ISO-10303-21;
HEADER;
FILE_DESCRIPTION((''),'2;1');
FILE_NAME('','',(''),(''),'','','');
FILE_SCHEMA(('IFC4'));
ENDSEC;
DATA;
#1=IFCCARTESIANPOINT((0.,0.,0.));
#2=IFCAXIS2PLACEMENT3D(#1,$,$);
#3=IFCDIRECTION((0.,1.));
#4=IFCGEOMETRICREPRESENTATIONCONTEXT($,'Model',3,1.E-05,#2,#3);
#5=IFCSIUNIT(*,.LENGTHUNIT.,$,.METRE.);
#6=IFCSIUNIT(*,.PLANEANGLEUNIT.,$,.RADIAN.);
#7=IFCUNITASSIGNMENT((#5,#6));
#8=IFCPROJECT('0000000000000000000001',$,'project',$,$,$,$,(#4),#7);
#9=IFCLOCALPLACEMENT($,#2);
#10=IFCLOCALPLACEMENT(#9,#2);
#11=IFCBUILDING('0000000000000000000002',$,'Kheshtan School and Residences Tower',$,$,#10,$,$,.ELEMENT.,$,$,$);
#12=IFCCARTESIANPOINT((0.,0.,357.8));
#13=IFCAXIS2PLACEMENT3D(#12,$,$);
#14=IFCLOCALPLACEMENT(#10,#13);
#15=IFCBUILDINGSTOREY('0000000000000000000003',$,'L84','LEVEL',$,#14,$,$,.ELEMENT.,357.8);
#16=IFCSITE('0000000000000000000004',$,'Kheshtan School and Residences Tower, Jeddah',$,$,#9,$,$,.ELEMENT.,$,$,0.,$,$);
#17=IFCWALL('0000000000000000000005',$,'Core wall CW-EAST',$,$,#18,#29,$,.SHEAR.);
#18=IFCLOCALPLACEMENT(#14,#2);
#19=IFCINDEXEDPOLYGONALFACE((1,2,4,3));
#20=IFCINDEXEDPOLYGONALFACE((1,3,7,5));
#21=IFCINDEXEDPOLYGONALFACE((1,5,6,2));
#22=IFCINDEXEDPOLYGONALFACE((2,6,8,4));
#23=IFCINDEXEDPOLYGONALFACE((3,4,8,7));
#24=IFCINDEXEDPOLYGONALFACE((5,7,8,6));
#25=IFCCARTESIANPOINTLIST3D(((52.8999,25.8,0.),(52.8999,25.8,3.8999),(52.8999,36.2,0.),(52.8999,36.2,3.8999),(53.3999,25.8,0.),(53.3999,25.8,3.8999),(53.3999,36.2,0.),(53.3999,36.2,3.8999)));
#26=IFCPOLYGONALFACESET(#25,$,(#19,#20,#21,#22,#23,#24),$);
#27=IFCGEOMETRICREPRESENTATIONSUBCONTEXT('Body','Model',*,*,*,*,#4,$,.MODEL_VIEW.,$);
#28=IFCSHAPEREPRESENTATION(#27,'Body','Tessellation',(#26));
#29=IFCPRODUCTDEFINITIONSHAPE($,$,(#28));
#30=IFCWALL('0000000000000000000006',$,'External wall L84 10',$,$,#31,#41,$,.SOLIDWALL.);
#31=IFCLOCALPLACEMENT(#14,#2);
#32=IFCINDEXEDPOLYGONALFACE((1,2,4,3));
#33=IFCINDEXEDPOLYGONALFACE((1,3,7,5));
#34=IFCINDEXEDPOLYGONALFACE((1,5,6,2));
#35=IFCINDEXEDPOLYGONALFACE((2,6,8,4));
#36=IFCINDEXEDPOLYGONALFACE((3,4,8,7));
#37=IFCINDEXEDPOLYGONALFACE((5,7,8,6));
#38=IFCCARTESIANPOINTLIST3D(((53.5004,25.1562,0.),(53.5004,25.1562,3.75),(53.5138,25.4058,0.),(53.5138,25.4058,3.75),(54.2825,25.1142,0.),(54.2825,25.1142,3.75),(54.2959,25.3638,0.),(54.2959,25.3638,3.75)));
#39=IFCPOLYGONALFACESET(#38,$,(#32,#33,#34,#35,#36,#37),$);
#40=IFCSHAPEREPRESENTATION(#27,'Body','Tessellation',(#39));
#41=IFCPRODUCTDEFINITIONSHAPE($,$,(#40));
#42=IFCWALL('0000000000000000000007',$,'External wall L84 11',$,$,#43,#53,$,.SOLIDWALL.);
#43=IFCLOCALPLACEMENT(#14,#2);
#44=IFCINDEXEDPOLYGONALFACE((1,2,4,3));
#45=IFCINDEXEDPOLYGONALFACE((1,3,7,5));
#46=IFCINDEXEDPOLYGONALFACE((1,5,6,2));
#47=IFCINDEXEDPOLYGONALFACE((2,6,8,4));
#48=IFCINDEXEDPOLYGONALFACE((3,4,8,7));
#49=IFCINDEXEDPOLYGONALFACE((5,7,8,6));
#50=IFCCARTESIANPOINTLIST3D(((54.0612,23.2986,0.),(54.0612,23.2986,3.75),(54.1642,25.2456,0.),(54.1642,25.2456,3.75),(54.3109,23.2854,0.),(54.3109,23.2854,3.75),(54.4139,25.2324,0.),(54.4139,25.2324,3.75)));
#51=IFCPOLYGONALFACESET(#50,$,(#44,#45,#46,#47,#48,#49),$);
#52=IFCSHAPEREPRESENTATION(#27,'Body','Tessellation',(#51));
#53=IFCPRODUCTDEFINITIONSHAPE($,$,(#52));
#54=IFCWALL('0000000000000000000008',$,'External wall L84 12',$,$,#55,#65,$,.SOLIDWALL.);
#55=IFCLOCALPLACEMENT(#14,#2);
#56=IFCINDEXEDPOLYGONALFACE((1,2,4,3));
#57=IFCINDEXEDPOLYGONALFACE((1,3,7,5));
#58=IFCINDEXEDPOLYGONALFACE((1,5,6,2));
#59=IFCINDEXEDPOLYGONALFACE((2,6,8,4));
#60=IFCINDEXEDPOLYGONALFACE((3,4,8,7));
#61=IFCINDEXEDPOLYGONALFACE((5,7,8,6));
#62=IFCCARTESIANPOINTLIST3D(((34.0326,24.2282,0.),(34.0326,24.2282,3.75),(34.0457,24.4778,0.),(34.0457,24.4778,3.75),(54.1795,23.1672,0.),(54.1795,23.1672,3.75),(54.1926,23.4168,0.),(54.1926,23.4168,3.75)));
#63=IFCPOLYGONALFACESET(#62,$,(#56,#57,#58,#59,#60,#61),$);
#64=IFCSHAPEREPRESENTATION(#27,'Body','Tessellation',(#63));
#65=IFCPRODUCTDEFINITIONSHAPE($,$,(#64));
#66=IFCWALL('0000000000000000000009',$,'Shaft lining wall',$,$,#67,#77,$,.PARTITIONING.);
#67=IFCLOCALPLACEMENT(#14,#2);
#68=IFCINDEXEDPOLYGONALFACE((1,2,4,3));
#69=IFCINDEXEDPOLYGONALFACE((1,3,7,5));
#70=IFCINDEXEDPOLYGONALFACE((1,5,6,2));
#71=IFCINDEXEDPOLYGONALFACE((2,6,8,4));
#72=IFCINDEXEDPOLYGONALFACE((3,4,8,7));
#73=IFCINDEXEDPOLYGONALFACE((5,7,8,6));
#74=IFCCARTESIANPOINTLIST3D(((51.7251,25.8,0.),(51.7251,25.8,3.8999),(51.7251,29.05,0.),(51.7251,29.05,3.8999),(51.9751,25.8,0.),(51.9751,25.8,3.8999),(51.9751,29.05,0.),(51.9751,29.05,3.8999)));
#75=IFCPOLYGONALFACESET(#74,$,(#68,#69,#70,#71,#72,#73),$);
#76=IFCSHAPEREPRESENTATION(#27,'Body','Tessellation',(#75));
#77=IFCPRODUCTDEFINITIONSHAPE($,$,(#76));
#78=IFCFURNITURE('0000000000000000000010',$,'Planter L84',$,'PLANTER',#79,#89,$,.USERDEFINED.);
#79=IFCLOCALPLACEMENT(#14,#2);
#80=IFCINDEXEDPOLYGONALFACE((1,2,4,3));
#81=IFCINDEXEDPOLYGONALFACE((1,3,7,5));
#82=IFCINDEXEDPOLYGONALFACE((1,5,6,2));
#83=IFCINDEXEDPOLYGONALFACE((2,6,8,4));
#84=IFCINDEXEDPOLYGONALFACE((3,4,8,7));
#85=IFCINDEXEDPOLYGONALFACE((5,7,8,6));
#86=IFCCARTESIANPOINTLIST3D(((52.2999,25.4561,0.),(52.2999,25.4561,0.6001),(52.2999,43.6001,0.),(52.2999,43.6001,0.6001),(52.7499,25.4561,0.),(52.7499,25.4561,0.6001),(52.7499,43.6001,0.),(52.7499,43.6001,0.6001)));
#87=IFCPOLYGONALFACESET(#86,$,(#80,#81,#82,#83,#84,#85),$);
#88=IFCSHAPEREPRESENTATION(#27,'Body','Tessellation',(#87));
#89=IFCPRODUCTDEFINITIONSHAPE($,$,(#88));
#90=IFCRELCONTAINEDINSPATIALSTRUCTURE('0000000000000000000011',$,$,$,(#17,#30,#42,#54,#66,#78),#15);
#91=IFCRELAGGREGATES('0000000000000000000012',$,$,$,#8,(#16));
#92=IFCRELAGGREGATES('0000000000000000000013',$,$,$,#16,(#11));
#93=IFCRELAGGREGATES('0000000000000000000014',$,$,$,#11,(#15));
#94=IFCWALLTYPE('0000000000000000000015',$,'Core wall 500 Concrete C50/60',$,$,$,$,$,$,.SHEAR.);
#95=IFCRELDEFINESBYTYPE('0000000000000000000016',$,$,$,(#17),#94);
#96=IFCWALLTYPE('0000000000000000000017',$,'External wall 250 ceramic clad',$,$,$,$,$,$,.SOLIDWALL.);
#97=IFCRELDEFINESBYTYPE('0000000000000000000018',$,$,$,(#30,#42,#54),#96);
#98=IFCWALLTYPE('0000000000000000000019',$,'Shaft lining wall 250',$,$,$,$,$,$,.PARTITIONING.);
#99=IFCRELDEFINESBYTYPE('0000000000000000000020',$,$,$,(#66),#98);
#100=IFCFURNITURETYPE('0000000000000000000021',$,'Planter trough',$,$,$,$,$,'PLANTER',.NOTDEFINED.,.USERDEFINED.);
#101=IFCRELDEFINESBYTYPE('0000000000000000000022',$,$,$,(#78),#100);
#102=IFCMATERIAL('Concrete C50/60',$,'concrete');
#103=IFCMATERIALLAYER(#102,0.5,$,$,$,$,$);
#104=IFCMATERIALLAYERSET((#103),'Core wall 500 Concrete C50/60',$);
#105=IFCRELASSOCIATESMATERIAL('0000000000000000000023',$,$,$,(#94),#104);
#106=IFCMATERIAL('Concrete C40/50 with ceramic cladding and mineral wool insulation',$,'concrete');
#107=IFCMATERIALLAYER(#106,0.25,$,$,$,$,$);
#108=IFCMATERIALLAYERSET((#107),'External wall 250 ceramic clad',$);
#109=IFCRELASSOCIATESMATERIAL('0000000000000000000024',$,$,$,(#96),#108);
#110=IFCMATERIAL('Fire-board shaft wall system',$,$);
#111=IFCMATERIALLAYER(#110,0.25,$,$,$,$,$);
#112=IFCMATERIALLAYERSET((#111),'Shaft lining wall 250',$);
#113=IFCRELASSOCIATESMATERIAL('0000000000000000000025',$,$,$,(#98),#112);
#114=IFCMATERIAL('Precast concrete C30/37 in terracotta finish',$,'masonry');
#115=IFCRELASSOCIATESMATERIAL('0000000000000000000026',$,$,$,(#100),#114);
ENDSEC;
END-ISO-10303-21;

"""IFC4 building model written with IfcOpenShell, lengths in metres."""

from ifc_helpers import new_model, si_unit, direction, frame, frame_2d, origin, origin_2d, place, context, subcontext, project, spatial, rectangle, extrude, material, layer, layer_set, type_object, element, save


model = new_model("IFC4")

# Units and contexts
model_context = context("Model", 3, precision=1e-05, world=origin(), true_north=direction((0.0, 1.0)))
body_context = subcontext(model_context, "Body", "Model", "MODEL_VIEW")
ifc_project = project(units=[si_unit("LENGTHUNIT", "METRE"), si_unit("PLANEANGLEUNIT", "RADIAN")], contexts=[model_context])

# Site, building, storey
site_placement = place(None, origin())
site = spatial("IfcSite", under=ifc_project, at=site_placement, Name="Kheshtan School and Residences Tower, Jeddah", CompositionType="ELEMENT", RefElevation=0.0)
building_placement = place(site_placement, origin())
building = spatial("IfcBuilding", under=site, at=building_placement, Name="Kheshtan School and Residences Tower", CompositionType="ELEMENT")
storey_placement = place(building_placement, frame((0.0, 0.0, 357.8)))
storey = spatial("IfcBuildingStorey", under=building, at=storey_placement, Name="L84", Description="LEVEL", CompositionType="ELEMENT", Elevation=357.8)

# Walls
ifc_material_1 = material(Name="Concrete C50/60", Category="concrete")
ifc_layer_1 = layer(ifc_material_1, 0.5)
ifc_layer_set_1 = layer_set([ifc_layer_1], Name="Core wall 500 Concrete C50/60")
wall_type_1 = type_object("IfcWallType", Name="Core wall 500 Concrete C50/60", PredefinedType="SHEAR", material=ifc_layer_set_1)
wall_1_placement = place(storey_placement, frame((53.1499, 25.8, 0.0), z_axis=(0.0, 0.0, 1.0), x_axis=(0.0, 1.0, 0.0)))
element("IfcWall", 1, at=wall_1_placement, inside=storey, type_object=wall_type_1, Name="Core wall CW-EAST", PredefinedType="SHEAR", context=body_context, shape_type="SweptSolid", body=[
    extrude(rectangle(XDim=10.3999, YDim=0.5, at=frame_2d((5.2, 0.0))), origin(), (0.0, 0.0, 1.0), 3.8999),
])
ifc_material_2 = material(Name="Concrete C40/50 with ceramic cladding and mineral wool insulation", Category="concrete")
ifc_layer_2 = layer(ifc_material_2, 0.25)
ifc_layer_set_2 = layer_set([ifc_layer_2], Name="External wall 250 ceramic clad")
wall_type_2 = type_object("IfcWallType", Name="External wall 250 ceramic clad", PredefinedType="SOLIDWALL", material=ifc_layer_set_2)
wall_2_placement = place(storey_placement, frame((53.5071, 25.281, 0.0), z_axis=(0.0, 0.0, 1.0), x_axis=(0.998561, -0.053622, 0.0)))
element("IfcWall", 2, at=wall_2_placement, inside=storey, type_object=wall_type_2, Name="External wall L84 10", PredefinedType="SOLIDWALL", context=body_context, shape_type="SweptSolid", body=[
    extrude(rectangle(XDim=0.7832, YDim=0.25, at=frame_2d((0.3916, 0.0))), origin(), (0.0, 0.0, 1.0), 3.75),
])
wall_3_placement = place(storey_placement, frame((54.2891, 25.239, 0.0), z_axis=(0.0, 0.0, 1.0), x_axis=(-0.052841, -0.998603, 0.0)))
element("IfcWall", 3, at=wall_3_placement, inside=storey, type_object=wall_type_2, Name="External wall L84 11", PredefinedType="SOLIDWALL", context=body_context, shape_type="SweptSolid", body=[
    extrude(rectangle(XDim=1.9497, YDim=0.25, at=frame_2d((0.9749, 0.0))), origin(), (0.0, 0.0, 1.0), 3.75),
])
wall_4_placement = place(storey_placement, frame((54.186, 23.292, 0.0), z_axis=(0.0, 0.0, 1.0), x_axis=(-0.998616, 0.052592, 0.0)))
element("IfcWall", 4, at=wall_4_placement, inside=storey, type_object=wall_type_2, Name="External wall L84 12", PredefinedType="SOLIDWALL", context=body_context, shape_type="SweptSolid", body=[
    extrude(rectangle(XDim=20.1748, YDim=0.25, at=frame_2d((10.0874, 0.0))), origin(), (0.0, 0.0, 1.0), 3.75),
])
ifc_material_3 = material(Name="Fire-board shaft wall system")
ifc_layer_3 = layer(ifc_material_3, 0.25)
ifc_layer_set_3 = layer_set([ifc_layer_3], Name="Shaft lining wall 250")
wall_type_3 = type_object("IfcWallType", Name="Shaft lining wall 250", PredefinedType="PARTITIONING", material=ifc_layer_set_3)
wall_5_placement = place(storey_placement, frame((51.8501, 25.8, 0.0), z_axis=(0.0, 0.0, 1.0), x_axis=(0.0, 1.0, 0.0)))
element("IfcWall", 5, at=wall_5_placement, inside=storey, type_object=wall_type_3, Name="Shaft lining wall", PredefinedType="PARTITIONING", context=body_context, shape_type="SweptSolid", body=[
    extrude(rectangle(XDim=3.25, YDim=0.25, at=frame_2d((1.625, 0.0))), origin(), (0.0, 0.0, 1.0), 3.8999),
])

# Furniture
ifc_material_4 = material(Name="Precast concrete C30/37 in terracotta finish", Category="masonry")
furniture_type = type_object("IfcFurnitureType", Name="Planter trough", ElementType="PLANTER", AssemblyPlace="NOTDEFINED", PredefinedType="USERDEFINED", material=ifc_material_4)
furniture_placement = place(storey_placement, frame((52.5249, 34.5281, 0.0), z_axis=(0.0, 0.0, 1.0), x_axis=(0.0, -1.0, 0.0)))
element("IfcFurniture", 6, at=furniture_placement, inside=storey, type_object=furniture_type, Name="Planter L84", ObjectType="PLANTER", PredefinedType="USERDEFINED", context=body_context, shape_type="SweptSolid", body=[
    extrude(rectangle(XDim=18.144, YDim=0.45, at=origin_2d()), origin(), (0.0, 0.0, 1.0), 0.6001),
])

save(model, "model.ifc")
